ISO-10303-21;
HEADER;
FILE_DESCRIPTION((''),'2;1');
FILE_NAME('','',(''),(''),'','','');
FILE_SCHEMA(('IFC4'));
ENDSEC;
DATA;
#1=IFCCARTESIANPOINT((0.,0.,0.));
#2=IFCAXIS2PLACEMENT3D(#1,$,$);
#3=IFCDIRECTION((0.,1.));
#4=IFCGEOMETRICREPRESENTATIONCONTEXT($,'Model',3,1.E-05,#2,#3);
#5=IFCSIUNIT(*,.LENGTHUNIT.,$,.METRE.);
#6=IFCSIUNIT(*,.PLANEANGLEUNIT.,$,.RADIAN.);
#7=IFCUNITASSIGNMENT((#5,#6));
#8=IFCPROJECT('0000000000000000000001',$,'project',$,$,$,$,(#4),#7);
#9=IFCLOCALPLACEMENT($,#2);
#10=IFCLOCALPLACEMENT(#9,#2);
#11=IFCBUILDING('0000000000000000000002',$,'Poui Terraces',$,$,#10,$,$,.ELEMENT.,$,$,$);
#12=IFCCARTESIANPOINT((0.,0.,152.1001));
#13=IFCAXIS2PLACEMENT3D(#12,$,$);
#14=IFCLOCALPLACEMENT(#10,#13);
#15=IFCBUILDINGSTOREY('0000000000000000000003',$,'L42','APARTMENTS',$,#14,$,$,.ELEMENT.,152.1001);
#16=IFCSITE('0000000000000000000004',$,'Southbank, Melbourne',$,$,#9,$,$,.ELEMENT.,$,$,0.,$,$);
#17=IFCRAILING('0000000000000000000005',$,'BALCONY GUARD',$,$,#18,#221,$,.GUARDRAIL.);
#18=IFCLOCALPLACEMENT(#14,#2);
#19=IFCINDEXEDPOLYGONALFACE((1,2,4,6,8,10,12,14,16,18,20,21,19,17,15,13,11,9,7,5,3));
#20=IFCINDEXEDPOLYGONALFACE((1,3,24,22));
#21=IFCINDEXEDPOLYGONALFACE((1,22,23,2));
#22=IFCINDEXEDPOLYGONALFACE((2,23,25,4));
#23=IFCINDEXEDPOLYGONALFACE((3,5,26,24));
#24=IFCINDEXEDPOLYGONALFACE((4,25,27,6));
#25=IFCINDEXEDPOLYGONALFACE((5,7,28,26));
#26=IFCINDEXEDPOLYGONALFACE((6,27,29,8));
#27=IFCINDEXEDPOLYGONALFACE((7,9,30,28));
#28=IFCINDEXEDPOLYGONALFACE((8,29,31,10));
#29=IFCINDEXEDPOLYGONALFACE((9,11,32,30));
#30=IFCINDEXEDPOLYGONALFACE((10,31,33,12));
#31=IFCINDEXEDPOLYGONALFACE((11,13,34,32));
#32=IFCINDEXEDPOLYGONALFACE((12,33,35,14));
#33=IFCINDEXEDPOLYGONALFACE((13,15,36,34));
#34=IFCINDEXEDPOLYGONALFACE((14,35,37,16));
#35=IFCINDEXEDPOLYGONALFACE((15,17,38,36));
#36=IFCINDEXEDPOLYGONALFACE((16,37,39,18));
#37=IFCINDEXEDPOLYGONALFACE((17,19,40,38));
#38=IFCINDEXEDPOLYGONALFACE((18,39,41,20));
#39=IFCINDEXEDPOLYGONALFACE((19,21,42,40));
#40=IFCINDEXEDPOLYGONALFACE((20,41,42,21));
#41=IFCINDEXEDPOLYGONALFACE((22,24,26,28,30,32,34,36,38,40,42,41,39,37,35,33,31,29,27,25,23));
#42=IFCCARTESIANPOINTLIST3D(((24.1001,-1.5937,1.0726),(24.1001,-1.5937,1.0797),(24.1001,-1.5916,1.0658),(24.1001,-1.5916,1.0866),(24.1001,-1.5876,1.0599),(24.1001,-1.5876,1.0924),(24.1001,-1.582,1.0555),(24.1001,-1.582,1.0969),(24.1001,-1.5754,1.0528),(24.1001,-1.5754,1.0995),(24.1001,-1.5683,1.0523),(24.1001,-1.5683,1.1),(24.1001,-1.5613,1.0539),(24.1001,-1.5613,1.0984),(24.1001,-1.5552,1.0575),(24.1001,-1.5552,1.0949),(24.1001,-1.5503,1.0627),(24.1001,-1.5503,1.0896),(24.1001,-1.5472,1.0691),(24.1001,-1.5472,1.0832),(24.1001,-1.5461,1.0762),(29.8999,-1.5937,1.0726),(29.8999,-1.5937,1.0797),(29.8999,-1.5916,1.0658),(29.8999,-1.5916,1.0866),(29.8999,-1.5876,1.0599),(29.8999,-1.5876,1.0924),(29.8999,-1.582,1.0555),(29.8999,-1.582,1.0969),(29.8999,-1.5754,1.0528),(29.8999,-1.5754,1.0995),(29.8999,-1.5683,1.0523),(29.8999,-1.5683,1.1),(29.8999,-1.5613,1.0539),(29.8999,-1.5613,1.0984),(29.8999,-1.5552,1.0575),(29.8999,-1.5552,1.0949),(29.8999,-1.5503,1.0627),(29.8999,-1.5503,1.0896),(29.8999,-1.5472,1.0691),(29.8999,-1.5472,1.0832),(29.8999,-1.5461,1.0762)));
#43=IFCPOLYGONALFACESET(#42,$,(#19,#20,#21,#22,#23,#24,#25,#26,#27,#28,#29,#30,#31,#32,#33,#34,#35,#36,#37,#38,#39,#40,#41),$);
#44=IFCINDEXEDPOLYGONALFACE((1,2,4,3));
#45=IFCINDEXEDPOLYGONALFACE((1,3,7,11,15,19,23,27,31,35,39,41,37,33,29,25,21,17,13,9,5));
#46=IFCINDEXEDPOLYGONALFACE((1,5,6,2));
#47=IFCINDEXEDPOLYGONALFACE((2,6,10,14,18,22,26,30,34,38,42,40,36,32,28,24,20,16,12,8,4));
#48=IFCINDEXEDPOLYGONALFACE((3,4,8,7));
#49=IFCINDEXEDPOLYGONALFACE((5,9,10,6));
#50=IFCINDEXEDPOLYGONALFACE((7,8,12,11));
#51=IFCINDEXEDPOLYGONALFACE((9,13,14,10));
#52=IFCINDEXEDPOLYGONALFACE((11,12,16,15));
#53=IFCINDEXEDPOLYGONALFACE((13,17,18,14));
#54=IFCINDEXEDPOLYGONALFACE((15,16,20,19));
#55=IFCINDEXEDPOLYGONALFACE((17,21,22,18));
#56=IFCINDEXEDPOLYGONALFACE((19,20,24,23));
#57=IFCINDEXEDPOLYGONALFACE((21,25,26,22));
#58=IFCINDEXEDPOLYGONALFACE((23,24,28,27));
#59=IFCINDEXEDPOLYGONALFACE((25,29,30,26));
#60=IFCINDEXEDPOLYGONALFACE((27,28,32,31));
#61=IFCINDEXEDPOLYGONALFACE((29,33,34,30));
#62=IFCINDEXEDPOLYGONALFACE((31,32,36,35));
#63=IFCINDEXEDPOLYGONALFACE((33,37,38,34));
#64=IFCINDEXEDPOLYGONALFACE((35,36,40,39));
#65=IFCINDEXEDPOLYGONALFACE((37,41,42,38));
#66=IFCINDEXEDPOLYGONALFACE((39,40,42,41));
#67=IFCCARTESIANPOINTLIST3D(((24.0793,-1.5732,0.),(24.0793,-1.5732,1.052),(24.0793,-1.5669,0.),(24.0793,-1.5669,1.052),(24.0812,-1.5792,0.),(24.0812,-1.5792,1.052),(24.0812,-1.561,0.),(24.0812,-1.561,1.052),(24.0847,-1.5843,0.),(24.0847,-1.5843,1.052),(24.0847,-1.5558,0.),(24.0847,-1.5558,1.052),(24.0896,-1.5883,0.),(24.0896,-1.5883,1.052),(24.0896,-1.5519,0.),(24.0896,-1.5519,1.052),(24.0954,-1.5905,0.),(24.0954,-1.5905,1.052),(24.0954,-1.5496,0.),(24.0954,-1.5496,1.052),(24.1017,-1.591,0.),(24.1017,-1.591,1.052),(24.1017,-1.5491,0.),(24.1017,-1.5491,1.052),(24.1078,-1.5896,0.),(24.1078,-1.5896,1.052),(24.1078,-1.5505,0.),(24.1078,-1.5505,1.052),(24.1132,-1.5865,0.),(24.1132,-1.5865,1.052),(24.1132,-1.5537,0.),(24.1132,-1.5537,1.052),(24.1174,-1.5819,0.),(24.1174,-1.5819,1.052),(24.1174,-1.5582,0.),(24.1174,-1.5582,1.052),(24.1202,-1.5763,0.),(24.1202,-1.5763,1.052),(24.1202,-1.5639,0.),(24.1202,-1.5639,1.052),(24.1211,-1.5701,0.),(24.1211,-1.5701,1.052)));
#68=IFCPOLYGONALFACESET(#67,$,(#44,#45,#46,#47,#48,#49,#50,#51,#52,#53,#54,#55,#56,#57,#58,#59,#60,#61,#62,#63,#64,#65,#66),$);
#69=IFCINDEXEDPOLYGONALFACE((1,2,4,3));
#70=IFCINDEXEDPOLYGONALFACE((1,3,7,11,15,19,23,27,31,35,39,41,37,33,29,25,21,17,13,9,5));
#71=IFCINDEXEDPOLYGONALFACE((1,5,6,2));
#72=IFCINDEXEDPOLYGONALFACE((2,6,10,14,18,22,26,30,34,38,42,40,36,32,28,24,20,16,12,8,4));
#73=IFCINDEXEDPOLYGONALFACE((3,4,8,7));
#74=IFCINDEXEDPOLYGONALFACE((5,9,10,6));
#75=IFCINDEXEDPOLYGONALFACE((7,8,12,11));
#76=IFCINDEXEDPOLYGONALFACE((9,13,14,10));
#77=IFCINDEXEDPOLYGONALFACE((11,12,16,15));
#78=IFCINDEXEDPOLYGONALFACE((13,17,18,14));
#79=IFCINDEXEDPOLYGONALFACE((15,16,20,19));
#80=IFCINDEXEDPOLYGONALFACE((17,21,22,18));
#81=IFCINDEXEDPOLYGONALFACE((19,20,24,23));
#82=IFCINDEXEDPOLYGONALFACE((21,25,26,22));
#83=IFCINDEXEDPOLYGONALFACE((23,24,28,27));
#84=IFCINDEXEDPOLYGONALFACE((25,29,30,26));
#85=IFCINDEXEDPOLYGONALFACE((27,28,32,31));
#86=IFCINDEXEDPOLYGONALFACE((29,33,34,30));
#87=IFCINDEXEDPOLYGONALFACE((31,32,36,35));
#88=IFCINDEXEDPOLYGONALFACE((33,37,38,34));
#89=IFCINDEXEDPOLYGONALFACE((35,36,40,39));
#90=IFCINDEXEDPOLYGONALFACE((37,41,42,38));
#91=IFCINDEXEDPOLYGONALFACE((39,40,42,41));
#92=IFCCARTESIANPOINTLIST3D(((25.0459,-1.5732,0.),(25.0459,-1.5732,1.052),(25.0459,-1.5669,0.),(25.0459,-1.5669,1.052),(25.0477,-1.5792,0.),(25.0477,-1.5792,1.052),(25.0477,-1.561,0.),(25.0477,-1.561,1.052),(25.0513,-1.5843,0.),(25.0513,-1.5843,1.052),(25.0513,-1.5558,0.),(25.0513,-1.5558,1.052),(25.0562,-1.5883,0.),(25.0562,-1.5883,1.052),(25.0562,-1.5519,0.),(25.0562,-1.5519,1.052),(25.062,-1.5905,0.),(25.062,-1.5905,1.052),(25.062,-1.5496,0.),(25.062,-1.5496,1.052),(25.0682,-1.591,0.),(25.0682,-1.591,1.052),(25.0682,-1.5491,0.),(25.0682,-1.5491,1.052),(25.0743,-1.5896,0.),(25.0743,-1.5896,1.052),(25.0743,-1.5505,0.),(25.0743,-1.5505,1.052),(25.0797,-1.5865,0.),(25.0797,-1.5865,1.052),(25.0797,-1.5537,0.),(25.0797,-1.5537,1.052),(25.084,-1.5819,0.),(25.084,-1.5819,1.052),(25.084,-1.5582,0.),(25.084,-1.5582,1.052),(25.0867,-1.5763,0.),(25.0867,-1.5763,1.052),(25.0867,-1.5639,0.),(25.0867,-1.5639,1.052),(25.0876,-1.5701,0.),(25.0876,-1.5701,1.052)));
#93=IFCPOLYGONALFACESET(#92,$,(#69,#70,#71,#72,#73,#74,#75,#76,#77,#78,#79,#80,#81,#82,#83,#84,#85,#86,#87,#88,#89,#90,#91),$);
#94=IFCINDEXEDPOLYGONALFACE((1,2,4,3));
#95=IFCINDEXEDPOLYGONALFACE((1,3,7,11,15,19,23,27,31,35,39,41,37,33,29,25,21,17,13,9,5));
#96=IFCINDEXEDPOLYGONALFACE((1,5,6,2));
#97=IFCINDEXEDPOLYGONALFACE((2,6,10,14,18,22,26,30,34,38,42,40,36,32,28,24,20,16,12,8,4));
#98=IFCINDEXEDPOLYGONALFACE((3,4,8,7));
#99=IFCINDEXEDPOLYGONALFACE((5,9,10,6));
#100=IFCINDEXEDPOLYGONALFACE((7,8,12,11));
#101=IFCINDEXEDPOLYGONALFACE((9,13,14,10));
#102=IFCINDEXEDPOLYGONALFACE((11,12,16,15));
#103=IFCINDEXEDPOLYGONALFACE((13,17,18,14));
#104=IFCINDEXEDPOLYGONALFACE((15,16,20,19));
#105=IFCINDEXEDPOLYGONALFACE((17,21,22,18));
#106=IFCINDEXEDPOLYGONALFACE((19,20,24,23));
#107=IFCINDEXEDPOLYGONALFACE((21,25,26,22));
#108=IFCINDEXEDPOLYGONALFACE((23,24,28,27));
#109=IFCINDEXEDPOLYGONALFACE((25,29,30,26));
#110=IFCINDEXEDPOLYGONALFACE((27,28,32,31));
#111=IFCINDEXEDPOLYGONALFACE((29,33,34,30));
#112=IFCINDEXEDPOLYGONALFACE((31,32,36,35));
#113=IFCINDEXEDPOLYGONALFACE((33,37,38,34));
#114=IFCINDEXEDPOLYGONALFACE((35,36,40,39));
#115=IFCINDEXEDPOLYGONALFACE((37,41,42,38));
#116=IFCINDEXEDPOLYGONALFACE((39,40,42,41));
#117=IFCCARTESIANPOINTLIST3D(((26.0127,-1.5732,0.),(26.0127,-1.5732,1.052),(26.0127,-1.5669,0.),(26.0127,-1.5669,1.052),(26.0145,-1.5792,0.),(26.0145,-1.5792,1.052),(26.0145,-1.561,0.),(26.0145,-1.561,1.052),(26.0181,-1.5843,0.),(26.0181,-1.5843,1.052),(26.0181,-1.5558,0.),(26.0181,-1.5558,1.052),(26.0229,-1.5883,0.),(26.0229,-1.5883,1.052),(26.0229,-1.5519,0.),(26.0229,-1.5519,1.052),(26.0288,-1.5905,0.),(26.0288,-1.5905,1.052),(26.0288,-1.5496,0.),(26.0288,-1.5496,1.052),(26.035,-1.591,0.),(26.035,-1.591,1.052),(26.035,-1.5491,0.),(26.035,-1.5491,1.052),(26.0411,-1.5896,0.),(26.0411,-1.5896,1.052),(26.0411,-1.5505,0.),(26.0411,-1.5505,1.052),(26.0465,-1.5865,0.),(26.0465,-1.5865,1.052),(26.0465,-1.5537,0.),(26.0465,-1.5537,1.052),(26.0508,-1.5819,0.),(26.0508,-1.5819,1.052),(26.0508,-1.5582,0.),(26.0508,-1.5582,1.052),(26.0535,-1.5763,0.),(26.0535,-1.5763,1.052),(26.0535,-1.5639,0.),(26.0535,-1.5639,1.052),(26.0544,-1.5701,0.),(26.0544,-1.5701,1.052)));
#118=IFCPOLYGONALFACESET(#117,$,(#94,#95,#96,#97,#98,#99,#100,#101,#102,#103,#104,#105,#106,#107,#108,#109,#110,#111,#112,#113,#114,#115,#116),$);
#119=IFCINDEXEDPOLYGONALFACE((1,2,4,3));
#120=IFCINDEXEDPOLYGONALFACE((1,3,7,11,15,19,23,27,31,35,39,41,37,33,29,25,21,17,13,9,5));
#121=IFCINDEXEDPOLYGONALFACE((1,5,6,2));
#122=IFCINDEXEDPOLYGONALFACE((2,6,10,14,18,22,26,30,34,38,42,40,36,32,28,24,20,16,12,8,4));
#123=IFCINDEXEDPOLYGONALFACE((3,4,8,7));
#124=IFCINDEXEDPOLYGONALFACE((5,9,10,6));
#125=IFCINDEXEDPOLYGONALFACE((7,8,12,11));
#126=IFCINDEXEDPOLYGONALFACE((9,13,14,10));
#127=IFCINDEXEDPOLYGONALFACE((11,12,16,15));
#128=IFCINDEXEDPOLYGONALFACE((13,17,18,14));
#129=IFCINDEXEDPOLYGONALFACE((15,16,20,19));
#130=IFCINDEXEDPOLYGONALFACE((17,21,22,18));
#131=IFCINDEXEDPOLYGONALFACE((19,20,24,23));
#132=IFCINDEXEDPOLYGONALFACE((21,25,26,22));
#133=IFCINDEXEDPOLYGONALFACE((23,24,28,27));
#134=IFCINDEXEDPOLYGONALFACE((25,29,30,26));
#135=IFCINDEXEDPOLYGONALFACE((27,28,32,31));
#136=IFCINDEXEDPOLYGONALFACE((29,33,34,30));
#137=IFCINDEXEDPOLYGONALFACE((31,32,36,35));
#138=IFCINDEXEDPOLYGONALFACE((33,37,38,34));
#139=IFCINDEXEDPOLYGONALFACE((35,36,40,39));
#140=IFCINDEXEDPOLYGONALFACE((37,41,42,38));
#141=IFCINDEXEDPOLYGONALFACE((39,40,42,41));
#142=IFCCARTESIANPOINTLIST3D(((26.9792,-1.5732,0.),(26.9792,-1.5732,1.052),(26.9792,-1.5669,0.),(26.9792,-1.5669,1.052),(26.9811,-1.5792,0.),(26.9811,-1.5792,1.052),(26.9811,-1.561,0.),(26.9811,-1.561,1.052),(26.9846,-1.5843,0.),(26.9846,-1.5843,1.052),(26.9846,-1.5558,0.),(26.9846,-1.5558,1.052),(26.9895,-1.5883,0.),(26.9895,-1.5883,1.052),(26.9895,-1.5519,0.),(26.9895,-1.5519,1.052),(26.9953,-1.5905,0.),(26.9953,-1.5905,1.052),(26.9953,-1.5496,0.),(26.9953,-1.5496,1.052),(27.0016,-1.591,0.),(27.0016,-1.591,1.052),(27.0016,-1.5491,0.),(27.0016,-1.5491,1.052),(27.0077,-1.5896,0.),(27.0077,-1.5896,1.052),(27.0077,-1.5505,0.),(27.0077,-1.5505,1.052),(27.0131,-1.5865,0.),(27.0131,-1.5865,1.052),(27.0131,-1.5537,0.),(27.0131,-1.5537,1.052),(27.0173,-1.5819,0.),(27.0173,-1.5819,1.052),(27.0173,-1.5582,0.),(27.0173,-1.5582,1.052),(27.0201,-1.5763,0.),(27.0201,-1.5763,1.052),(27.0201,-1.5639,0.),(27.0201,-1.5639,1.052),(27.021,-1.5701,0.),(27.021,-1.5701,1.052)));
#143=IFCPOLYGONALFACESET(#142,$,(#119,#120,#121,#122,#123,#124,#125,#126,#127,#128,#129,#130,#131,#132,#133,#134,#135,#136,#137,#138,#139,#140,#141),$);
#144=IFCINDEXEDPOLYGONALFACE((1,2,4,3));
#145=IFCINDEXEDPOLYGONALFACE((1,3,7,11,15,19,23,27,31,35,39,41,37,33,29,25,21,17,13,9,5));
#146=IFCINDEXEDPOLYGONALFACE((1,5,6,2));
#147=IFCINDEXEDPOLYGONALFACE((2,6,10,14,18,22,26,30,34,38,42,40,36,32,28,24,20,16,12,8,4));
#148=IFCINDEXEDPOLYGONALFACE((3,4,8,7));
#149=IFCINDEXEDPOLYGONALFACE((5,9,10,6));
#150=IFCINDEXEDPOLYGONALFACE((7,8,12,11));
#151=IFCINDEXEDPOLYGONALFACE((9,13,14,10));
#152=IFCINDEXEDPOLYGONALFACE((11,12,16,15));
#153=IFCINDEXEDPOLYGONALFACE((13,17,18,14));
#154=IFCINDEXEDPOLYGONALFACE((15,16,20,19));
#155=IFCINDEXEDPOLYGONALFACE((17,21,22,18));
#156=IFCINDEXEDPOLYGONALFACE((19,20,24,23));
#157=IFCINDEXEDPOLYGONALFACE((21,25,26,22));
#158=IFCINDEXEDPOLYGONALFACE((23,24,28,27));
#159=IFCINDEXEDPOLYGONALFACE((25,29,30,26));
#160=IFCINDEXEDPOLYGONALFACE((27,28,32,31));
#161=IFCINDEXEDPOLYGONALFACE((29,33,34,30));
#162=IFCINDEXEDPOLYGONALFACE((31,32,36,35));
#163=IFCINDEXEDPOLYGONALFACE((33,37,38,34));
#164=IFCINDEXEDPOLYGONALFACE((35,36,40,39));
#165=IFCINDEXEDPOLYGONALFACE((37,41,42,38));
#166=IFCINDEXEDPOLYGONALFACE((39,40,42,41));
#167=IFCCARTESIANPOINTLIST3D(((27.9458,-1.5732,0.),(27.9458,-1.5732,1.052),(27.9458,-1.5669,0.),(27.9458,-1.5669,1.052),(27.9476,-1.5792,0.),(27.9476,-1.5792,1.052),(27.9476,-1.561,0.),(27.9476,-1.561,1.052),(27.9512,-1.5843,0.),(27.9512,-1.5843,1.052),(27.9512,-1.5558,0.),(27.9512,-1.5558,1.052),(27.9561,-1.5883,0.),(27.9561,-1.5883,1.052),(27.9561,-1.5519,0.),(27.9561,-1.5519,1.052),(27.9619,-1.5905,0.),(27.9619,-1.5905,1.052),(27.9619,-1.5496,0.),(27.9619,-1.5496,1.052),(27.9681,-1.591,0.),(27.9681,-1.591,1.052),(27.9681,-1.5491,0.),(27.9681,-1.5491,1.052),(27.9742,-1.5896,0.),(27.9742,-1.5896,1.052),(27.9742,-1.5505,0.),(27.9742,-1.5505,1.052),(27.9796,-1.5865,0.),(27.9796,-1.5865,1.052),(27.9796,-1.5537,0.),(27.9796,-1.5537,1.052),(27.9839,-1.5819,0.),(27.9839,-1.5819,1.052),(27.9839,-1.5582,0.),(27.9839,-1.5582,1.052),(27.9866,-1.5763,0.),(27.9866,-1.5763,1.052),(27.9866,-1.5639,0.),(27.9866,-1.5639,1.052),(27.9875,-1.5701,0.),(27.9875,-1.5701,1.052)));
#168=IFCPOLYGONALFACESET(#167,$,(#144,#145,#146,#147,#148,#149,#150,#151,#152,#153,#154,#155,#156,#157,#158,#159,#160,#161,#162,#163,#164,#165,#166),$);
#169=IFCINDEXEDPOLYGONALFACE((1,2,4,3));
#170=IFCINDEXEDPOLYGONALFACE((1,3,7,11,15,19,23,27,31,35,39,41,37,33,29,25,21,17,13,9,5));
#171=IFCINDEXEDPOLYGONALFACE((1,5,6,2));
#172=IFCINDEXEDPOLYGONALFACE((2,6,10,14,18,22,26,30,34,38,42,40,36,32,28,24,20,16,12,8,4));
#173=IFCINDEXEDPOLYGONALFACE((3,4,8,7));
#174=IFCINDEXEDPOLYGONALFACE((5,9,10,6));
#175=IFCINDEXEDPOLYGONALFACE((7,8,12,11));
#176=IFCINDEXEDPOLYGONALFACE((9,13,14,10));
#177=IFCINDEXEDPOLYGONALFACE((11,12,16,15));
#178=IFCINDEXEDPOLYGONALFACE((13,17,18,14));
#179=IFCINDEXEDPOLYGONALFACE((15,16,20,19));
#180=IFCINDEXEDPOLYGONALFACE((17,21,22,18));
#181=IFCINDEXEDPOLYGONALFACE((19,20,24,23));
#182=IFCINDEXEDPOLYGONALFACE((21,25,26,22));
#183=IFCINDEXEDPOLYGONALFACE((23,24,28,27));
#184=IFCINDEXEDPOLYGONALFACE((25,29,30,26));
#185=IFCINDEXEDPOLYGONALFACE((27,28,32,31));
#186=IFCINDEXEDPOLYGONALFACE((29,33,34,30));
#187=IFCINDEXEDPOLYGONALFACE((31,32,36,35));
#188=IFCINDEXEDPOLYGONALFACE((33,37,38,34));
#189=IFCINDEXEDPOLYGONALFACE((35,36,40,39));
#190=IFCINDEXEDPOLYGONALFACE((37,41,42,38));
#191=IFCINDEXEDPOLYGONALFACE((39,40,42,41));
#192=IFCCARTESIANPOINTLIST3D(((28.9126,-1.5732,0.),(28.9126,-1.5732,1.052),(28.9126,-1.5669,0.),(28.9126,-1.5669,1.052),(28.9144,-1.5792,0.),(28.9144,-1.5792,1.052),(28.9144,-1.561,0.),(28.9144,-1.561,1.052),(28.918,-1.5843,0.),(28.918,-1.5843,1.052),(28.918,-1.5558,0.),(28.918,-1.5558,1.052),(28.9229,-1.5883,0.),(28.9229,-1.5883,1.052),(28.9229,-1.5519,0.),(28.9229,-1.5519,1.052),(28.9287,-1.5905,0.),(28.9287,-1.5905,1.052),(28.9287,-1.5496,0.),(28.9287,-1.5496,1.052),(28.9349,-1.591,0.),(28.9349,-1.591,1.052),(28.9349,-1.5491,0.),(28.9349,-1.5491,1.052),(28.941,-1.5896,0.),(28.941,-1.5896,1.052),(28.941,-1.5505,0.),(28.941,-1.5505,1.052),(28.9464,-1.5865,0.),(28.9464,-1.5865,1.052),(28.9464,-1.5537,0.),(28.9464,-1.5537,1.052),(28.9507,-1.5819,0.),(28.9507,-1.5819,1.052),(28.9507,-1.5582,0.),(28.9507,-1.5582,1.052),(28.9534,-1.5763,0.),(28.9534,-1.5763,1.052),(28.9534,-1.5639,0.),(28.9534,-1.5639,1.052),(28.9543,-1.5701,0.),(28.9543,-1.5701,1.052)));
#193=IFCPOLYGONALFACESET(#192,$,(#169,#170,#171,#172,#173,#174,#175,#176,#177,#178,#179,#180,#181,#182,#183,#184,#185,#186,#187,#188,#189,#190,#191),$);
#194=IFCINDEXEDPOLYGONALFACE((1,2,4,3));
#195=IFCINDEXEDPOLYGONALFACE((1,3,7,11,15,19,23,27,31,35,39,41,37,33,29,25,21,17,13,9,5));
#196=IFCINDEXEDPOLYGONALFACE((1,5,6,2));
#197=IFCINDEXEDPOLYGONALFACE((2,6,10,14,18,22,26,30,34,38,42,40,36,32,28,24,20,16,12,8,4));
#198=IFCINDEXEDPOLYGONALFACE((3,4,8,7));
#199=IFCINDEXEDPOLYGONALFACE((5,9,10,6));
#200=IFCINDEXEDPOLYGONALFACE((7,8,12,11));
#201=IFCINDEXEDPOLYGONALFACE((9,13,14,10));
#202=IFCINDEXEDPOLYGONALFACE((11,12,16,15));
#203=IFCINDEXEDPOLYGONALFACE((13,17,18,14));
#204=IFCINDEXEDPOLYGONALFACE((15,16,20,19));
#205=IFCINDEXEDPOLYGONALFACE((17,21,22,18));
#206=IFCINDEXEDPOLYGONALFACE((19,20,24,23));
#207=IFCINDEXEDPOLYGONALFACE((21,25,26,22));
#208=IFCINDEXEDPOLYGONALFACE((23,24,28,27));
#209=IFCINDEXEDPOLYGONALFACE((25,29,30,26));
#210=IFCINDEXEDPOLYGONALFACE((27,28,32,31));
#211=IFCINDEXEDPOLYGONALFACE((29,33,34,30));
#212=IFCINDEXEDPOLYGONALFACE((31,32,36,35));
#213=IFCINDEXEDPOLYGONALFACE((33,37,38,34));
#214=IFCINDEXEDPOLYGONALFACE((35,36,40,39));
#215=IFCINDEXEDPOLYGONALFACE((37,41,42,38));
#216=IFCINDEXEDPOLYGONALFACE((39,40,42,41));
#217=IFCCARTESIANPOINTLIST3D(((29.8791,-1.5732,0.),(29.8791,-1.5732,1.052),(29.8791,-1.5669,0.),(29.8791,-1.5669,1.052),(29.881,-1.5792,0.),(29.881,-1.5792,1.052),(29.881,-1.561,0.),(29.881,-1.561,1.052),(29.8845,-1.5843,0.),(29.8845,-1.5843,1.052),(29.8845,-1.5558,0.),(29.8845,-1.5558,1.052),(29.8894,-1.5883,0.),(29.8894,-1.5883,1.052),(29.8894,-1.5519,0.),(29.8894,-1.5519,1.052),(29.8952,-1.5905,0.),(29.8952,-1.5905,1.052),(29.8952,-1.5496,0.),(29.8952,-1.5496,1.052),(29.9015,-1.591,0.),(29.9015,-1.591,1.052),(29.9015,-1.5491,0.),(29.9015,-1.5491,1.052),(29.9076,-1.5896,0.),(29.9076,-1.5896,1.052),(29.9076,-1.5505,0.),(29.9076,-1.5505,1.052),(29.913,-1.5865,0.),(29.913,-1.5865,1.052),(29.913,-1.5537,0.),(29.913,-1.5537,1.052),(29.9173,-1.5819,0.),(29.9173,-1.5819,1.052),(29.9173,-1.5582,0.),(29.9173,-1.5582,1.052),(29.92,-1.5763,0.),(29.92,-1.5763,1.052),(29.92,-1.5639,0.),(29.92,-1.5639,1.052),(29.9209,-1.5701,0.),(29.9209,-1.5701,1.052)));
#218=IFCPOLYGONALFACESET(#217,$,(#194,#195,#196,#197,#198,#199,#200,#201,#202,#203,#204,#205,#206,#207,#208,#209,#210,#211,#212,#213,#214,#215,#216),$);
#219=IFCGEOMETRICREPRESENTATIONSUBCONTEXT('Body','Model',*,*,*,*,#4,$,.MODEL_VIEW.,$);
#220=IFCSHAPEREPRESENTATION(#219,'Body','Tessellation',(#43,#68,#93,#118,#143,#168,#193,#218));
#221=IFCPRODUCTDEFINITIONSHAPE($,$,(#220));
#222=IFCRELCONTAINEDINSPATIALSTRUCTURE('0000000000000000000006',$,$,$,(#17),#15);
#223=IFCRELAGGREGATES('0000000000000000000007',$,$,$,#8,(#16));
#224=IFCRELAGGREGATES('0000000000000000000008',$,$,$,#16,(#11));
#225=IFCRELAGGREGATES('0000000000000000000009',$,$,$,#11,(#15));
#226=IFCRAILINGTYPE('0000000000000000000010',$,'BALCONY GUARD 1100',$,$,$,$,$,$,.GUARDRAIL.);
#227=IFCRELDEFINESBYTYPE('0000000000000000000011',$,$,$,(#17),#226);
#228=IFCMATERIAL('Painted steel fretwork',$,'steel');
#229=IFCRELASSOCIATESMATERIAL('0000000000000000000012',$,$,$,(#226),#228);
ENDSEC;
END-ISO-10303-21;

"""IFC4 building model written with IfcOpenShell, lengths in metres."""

from ifc_helpers import new_model, si_unit, direction, frame, origin, origin_2d, place, context, subcontext, project, spatial, circle, extrude, material, type_object, element, save


model = new_model("IFC4")

# Units and contexts
model_context = context("Model", 3, precision=1e-05, world=origin(), true_north=direction((0.0, 1.0)))
body_context = subcontext(model_context, "Body", "Model", "MODEL_VIEW")
ifc_project = project(units=[si_unit("LENGTHUNIT", "METRE"), si_unit("PLANEANGLEUNIT", "RADIAN")], contexts=[model_context])

# Site, building, storey
site_placement = place(None, origin())
site = spatial("IfcSite", under=ifc_project, at=site_placement, Name="Southbank, Melbourne", CompositionType="ELEMENT", RefElevation=0.0)
building_placement = place(site_placement, origin())
building = spatial("IfcBuilding", under=site, at=building_placement, Name="Poui Terraces", CompositionType="ELEMENT")
storey_placement = place(building_placement, frame((0.0, 0.0, 152.1001)))
storey = spatial("IfcBuildingStorey", under=building, at=storey_placement, Name="L42", Description="APARTMENTS", CompositionType="ELEMENT", Elevation=152.1001)

# Railing
ifc_material_1 = material(Name="Painted steel fretwork", Category="steel")
railing_type = type_object("IfcRailingType", Name="BALCONY GUARD 1100", PredefinedType="GUARDRAIL", material=ifc_material_1)
railing_placement = place(storey_placement, frame((24.1001, -1.5701, 0.0)))
element("IfcRailing", 1, at=railing_placement, inside=storey, type_object=railing_type, Name="BALCONY GUARD", PredefinedType="GUARDRAIL", context=body_context, shape_type="SweptSolid", body=[
    extrude(circle(Radius=0.0239, at=origin_2d()), frame((0.0, 0.0, 1.0762), z_axis=(1.0, 0.0, 0.0), x_axis=(0.0, 1.0, 0.0)), (0.0, 0.0, 1.0), 5.7998),
    extrude(circle(Radius=0.021, at=origin_2d()), origin(), (0.0, 0.0, 1.0), 1.052),
    extrude(circle(Radius=0.021, at=origin_2d()), frame((0.9666, 0.0, 0.0)), (0.0, 0.0, 1.0), 1.052),
    extrude(circle(Radius=0.021, at=origin_2d()), frame((1.9333, 0.0, 0.0)), (0.0, 0.0, 1.0), 1.052),
    extrude(circle(Radius=0.021, at=origin_2d()), frame((2.8999, 0.0, 0.0)), (0.0, 0.0, 1.0), 1.052),
    extrude(circle(Radius=0.021, at=origin_2d()), frame((3.8665, 0.0, 0.0)), (0.0, 0.0, 1.0), 1.052),
    extrude(circle(Radius=0.021, at=origin_2d()), frame((4.8333, 0.0, 0.0)), (0.0, 0.0, 1.0), 1.052),
    extrude(circle(Radius=0.021, at=origin_2d()), frame((5.7998, 0.0, 0.0)), (0.0, 0.0, 1.0), 1.052),
])

save(model, "model.ifc")
